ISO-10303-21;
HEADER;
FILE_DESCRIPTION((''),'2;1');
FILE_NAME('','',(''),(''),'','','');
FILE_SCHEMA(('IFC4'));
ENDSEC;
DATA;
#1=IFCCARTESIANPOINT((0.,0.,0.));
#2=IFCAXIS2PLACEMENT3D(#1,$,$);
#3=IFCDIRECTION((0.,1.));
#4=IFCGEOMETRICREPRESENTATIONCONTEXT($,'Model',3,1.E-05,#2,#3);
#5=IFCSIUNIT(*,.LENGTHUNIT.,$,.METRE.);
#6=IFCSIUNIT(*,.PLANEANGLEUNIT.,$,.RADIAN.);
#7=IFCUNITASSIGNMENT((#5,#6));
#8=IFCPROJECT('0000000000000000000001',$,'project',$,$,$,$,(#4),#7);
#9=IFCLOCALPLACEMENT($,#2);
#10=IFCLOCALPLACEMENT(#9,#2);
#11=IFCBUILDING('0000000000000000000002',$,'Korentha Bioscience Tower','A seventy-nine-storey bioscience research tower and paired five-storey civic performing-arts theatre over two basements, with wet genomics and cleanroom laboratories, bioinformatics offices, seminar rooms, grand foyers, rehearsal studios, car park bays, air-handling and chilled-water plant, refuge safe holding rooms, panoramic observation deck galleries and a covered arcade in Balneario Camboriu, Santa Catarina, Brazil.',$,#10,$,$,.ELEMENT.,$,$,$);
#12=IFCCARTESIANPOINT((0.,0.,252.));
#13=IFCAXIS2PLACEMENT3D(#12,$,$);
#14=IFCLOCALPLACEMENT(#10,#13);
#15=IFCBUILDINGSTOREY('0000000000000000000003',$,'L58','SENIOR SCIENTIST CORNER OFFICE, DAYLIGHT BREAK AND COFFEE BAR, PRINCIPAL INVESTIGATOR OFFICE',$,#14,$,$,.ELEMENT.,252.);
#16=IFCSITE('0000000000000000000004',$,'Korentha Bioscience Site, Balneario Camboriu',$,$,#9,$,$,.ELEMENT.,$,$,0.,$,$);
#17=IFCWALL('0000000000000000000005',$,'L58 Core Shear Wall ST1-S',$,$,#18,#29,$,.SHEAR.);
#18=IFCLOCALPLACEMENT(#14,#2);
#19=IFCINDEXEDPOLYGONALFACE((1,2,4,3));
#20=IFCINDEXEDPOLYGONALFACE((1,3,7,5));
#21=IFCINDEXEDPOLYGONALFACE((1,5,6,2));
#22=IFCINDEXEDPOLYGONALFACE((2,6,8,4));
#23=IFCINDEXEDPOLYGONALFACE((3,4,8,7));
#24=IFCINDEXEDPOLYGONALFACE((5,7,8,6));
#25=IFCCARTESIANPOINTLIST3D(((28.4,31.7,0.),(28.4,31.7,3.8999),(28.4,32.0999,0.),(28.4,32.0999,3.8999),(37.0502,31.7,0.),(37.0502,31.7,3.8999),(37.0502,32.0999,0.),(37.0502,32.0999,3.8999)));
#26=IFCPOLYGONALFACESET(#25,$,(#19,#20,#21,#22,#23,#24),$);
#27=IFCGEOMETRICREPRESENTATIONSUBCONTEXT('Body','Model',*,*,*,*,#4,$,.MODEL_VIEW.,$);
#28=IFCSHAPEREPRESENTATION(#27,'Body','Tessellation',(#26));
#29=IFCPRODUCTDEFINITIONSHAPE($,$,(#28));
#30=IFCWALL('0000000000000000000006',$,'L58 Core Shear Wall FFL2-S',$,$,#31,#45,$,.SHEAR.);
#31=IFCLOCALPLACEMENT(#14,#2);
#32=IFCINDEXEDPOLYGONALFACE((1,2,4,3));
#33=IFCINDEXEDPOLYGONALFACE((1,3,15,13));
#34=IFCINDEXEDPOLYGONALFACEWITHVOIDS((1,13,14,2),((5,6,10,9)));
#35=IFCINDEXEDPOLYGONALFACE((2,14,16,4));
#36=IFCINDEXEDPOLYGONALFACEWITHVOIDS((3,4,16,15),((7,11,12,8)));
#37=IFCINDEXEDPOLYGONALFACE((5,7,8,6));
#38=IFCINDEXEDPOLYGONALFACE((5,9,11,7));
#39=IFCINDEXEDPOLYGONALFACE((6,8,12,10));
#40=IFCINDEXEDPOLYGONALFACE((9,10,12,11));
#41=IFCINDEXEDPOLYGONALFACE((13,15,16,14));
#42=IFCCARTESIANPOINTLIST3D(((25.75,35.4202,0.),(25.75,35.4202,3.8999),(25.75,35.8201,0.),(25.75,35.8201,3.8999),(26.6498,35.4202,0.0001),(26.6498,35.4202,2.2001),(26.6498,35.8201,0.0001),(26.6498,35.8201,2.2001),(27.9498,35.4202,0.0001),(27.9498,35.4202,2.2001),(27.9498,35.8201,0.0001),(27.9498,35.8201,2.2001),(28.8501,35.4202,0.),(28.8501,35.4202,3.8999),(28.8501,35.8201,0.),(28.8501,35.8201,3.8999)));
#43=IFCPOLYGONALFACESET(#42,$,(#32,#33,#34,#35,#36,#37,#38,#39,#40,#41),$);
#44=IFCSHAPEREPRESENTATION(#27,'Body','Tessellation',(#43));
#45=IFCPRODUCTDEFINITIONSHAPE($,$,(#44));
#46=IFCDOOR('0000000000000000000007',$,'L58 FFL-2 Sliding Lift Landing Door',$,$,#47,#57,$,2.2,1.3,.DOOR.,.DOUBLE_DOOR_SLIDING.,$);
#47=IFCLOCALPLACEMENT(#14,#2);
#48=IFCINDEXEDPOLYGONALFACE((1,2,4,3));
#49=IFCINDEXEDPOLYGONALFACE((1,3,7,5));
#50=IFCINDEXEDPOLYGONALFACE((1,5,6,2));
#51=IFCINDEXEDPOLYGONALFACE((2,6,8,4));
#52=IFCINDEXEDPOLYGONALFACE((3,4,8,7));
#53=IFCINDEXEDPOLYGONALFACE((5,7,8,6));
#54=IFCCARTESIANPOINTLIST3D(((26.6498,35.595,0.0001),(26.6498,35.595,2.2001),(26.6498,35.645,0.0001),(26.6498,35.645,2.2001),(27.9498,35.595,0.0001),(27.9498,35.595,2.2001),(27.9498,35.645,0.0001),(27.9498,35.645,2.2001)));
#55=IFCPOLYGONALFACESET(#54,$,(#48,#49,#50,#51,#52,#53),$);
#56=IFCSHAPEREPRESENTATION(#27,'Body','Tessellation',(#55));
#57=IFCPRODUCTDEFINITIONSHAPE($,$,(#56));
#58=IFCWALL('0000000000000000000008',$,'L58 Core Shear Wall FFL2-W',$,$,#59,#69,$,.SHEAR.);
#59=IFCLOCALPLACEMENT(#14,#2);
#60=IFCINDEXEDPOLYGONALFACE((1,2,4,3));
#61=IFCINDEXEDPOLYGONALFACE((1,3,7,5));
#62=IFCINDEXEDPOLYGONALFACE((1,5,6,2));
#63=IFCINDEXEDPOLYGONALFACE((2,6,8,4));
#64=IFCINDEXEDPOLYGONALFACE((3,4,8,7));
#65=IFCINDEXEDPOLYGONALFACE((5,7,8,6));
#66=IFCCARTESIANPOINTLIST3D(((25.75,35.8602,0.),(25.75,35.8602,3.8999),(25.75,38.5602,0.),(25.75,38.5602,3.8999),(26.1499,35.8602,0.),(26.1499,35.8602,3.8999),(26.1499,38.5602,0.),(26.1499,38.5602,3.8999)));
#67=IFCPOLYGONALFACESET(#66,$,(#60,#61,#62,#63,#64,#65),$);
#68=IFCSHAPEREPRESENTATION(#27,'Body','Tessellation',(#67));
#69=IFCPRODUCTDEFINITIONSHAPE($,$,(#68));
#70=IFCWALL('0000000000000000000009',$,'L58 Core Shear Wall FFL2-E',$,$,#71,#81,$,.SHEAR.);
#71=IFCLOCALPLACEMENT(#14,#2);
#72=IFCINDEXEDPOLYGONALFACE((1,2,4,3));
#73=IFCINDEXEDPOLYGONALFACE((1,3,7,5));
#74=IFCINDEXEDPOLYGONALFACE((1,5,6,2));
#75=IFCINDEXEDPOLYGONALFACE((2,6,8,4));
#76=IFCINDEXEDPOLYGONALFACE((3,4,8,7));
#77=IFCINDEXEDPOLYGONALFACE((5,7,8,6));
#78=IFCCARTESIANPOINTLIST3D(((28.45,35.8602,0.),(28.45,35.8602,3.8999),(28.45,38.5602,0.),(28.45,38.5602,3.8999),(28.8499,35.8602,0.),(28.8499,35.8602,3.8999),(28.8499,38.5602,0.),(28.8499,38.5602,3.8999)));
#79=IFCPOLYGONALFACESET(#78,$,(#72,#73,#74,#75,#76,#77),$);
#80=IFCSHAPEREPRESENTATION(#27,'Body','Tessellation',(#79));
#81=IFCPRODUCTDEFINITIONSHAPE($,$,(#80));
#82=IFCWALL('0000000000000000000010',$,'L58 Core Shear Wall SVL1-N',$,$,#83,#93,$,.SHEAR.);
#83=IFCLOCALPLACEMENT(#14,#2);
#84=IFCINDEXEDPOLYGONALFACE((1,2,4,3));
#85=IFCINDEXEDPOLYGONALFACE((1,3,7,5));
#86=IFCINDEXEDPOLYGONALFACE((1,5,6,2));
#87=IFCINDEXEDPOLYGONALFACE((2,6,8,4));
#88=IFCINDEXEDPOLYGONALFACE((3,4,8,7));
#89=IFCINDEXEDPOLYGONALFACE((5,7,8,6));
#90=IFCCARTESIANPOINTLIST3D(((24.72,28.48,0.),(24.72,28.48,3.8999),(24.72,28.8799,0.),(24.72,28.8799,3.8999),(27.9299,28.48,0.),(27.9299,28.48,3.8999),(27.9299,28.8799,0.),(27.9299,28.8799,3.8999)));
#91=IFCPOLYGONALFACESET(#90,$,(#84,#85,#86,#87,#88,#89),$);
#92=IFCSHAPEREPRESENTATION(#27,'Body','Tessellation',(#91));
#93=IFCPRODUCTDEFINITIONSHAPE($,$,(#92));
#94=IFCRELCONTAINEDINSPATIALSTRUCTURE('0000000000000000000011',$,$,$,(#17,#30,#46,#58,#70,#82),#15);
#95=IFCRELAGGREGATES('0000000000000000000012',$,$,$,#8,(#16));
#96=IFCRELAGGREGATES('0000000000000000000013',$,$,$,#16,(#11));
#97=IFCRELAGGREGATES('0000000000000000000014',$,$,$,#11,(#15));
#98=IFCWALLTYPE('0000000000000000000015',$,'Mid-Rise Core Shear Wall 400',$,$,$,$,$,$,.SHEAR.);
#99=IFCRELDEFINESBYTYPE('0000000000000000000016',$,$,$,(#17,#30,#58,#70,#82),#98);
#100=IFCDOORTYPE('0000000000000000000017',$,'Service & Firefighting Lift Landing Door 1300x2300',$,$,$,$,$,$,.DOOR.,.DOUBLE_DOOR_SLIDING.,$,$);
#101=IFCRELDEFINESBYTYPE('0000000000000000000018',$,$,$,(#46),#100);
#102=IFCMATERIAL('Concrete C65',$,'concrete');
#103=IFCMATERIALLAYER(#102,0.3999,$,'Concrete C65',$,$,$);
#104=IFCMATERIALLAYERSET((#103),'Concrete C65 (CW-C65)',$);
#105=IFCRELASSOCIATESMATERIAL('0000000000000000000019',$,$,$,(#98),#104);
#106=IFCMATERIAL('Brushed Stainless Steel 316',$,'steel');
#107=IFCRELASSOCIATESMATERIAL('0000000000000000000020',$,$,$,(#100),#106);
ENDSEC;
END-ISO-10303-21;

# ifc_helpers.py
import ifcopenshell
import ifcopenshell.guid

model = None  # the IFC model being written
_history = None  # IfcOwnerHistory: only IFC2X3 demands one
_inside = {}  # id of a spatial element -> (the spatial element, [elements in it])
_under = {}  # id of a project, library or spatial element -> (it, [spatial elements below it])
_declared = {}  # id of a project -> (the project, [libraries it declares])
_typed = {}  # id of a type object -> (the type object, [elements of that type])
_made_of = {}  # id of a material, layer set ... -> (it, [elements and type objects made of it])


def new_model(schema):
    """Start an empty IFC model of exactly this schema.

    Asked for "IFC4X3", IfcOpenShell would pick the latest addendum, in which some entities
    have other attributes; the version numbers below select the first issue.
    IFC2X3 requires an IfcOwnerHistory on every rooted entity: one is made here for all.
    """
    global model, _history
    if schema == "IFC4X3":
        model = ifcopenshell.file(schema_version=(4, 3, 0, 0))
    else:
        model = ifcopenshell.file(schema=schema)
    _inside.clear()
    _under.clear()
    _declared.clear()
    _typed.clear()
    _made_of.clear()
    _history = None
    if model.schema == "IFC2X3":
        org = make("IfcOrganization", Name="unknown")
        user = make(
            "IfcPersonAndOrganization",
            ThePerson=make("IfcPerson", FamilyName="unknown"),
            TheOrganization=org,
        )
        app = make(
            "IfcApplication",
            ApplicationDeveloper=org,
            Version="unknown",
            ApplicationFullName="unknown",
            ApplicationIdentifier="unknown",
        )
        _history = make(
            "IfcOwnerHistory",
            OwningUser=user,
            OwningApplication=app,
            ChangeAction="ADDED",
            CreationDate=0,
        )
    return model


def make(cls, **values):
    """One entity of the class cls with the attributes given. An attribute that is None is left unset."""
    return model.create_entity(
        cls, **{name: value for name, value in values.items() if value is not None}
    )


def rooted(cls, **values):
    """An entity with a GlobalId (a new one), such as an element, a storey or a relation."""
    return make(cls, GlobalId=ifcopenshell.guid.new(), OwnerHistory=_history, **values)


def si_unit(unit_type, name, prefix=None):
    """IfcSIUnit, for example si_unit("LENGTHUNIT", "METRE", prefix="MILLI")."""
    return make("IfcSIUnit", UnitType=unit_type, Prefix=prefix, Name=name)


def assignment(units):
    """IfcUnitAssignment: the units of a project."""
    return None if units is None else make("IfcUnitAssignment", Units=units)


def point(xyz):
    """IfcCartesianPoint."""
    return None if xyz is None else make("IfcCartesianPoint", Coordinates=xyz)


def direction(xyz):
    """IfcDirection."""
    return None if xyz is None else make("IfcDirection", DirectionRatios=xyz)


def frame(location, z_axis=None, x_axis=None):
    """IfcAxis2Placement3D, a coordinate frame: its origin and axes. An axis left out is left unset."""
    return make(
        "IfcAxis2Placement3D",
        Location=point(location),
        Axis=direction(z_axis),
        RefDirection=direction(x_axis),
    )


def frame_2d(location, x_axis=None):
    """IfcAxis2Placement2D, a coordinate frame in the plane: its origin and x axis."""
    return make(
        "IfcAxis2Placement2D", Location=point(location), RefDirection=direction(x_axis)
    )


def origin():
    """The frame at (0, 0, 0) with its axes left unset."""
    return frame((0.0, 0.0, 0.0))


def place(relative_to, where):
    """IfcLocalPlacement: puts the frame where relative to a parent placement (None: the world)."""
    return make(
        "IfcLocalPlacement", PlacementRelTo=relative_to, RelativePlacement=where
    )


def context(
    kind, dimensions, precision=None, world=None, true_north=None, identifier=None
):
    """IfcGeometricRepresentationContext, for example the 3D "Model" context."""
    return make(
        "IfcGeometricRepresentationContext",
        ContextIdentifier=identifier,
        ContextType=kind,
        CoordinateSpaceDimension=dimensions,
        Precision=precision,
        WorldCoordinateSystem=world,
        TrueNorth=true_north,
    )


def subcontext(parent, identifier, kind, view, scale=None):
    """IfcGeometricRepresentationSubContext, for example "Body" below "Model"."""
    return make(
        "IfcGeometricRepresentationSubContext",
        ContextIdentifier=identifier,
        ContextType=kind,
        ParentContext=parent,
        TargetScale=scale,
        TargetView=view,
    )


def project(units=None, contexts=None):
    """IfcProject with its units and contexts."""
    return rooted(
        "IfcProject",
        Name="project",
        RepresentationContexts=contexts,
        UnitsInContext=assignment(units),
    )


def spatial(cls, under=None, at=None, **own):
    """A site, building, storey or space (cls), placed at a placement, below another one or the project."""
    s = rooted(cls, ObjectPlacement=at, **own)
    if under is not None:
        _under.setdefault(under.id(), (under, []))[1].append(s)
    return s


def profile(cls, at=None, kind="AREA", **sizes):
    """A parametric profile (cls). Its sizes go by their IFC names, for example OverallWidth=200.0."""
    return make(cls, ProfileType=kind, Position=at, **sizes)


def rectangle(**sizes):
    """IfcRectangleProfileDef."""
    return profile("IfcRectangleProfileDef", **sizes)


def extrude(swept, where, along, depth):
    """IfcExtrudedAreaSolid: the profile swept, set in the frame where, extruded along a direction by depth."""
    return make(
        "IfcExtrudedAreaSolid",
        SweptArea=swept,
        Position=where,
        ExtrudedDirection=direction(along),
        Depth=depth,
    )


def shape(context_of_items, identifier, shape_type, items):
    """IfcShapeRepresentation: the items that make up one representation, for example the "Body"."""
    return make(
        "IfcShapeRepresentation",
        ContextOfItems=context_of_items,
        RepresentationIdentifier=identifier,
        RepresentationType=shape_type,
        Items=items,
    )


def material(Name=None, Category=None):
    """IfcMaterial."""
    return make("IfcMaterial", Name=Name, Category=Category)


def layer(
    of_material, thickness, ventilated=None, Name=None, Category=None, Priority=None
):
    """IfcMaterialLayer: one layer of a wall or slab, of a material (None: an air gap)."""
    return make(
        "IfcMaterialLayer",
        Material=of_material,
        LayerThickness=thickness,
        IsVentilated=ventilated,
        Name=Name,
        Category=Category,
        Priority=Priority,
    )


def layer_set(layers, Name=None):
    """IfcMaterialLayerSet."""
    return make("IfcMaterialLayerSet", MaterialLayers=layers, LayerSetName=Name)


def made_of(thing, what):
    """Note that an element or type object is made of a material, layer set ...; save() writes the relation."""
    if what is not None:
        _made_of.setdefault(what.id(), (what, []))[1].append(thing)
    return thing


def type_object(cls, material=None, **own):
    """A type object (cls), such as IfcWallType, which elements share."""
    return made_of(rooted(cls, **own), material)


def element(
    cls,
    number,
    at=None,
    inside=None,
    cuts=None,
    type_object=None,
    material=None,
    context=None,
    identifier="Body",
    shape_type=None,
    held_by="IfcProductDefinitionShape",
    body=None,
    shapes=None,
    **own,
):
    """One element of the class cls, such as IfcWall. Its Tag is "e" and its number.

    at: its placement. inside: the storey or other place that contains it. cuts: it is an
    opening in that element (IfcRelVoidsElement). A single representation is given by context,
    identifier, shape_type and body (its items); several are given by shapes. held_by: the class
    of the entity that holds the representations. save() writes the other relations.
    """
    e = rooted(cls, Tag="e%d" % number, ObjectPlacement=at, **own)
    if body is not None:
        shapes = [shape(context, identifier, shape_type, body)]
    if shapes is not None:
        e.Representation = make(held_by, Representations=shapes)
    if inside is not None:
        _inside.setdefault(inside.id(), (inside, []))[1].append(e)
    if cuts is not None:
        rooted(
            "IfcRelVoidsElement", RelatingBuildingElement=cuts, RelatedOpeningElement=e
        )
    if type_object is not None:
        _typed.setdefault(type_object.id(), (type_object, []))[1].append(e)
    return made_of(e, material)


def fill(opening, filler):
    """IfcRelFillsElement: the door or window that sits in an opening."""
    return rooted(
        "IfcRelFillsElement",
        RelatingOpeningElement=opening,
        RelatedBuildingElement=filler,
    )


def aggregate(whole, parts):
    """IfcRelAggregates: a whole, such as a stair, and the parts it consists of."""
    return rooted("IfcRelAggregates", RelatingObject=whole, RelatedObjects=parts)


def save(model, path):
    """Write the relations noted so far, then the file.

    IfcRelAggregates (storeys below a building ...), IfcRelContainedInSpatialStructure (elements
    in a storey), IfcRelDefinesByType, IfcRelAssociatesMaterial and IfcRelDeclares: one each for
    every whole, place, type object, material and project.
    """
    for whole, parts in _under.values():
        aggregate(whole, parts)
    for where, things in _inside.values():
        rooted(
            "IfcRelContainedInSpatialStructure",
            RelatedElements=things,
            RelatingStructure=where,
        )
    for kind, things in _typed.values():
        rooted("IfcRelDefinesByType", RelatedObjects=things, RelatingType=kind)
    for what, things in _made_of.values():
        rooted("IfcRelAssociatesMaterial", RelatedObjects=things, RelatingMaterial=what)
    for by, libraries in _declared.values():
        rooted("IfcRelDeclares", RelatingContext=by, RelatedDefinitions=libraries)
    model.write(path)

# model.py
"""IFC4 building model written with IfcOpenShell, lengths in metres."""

from ifc_helpers import new_model, si_unit, direction, frame, frame_2d, origin, place, context, subcontext, project, spatial, rectangle, extrude, material, layer, layer_set, type_object, element, fill, save


model = new_model("IFC4")

# Units and contexts
model_context = context("Model", 3, precision=1e-05, world=origin(), true_north=direction((0.0, 1.0)))
body_context = subcontext(model_context, "Body", "Model", "MODEL_VIEW")
ifc_project = project(units=[si_unit("LENGTHUNIT", "METRE"), si_unit("PLANEANGLEUNIT", "RADIAN")], contexts=[model_context])

# Site, building, storey
site_placement = place(None, origin())
site = spatial("IfcSite", under=ifc_project, at=site_placement, Name="Korentha Bioscience Site, Balneario Camboriu", CompositionType="ELEMENT", RefElevation=0.0)
building_placement = place(site_placement, origin())
building = spatial("IfcBuilding", under=site, at=building_placement, Name="Korentha Bioscience Tower", Description="A seventy-nine-storey bioscience research tower and paired five-storey civic performing-arts theatre over two basements, with wet genomics and cleanroom laboratories, bioinformatics offices, seminar rooms, grand foyers, rehearsal studios, car park bays, air-handling and chilled-water plant, refuge safe holding rooms, panoramic observation deck galleries and a covered arcade in Balneario Camboriu, Santa Catarina, Brazil.", CompositionType="ELEMENT")
storey_placement = place(building_placement, frame((0.0, 0.0, 252.0)))
storey = spatial("IfcBuildingStorey", under=building, at=storey_placement, Name="L58", Description="SENIOR SCIENTIST CORNER OFFICE, DAYLIGHT BREAK AND COFFEE BAR, PRINCIPAL INVESTIGATOR OFFICE", CompositionType="ELEMENT", Elevation=252.0)

# Shared definitions
ifc_material_1 = material(Name="Concrete C65", Category="concrete")

# Wall
ifc_layer_1 = layer(ifc_material_1, 0.3999, Name="Concrete C65")
ifc_layer_set_1 = layer_set([ifc_layer_1], Name="Concrete C65 (CW-C65)")
wall_type_1 = type_object("IfcWallType", Name="Mid-Rise Core Shear Wall 400", PredefinedType="SHEAR", material=ifc_layer_set_1)
wall_1_placement = place(storey_placement, frame((28.3999, 31.8999, 0.0), z_axis=(0.0, 0.0, 1.0), x_axis=(1.0, 0.0, 0.0)))
element("IfcWall", 1, at=wall_1_placement, inside=storey, type_object=wall_type_1, Name="L58 Core Shear Wall ST1-S", PredefinedType="SHEAR", context=body_context, shape_type="SweptSolid", body=[
    extrude(rectangle(XDim=8.6501, YDim=0.3999, at=frame_2d((4.3252, 0.0))), origin(), (0.0, 0.0, 1.0), 3.8999),
])

# Wall, opening, door
wall_2_placement = place(storey_placement, frame((25.75, 35.6201, 0.0), z_axis=(0.0, 0.0, 1.0), x_axis=(1.0, 0.0, 0.0)))
wall_2 = element("IfcWall", 2, at=wall_2_placement, inside=storey, type_object=wall_type_1, Name="L58 Core Shear Wall FFL2-S", PredefinedType="SHEAR", context=body_context, shape_type="SweptSolid", body=[
    extrude(rectangle(XDim=3.1001, YDim=0.3999, at=frame_2d((1.55, 0.0))), origin(), (0.0, 0.0, 1.0), 3.8999),
])
opening_1_placement = place(wall_2_placement, frame((0.8999, 0.0, 0.0)))
opening_1 = element("IfcOpeningElement", 3, at=opening_1_placement, cuts=wall_2, PredefinedType="OPENING", context=body_context, shape_type="SweptSolid", body=[
    extrude(rectangle(XDim=1.3, YDim=2.2, at=frame_2d((0.6499, 1.1001))), frame((0.0, 0.2148, 0.0), z_axis=(0.0, -1.0, 0.0), x_axis=(1.0, 0.0, 0.0)), (0.0, 0.0, 1.0), 0.4297),
])
ifc_material_2 = material(Name="Brushed Stainless Steel 316", Category="steel")
door_type_1 = type_object("IfcDoorType", Name="Service & Firefighting Lift Landing Door 1300x2300", OperationType="DOUBLE_DOOR_SLIDING", PredefinedType="DOOR", material=ifc_material_2)
door_1_placement = place(opening_1_placement, origin())
door_1 = element("IfcDoor", 4, at=door_1_placement, inside=storey, type_object=door_type_1, Name="L58 FFL-2 Sliding Lift Landing Door", OperationType="DOUBLE_DOOR_SLIDING", OverallHeight=2.2, OverallWidth=1.3, PredefinedType="DOOR", context=body_context, shape_type="SweptSolid", body=[
    extrude(rectangle(XDim=1.3, YDim=2.2, at=frame_2d((0.6499, 1.1001))), frame((0.0, 0.0249, 0.0), z_axis=(0.0, -1.0, 0.0), x_axis=(1.0, 0.0, 0.0)), (0.0, 0.0, 1.0), 0.05),
])
fill(opening_1, door_1)

# Walls
for number, where, z_axis, x_axis, name in (
    (5, (25.95, 35.8601, 0.0), (0.0, 0.0, 1.0), (0.0, 1.0, 0.0), "L58 Core Shear Wall FFL2-W"),
    (6, (28.6499, 35.8601, 0.0), (0.0, 0.0, 1.0), (0.0, 1.0, 0.0), "L58 Core Shear Wall FFL2-E"),
):
    element("IfcWall", number, at=place(storey_placement, frame(where, z_axis=z_axis, x_axis=x_axis)), inside=storey, type_object=wall_type_1, Name=name, PredefinedType="SHEAR", context=body_context, shape_type="SweptSolid", body=[
        extrude(rectangle(XDim=2.7, YDim=0.3999, at=frame_2d((1.3501, 0.0))), origin(), (0.0, 0.0, 1.0), 3.8999),
    ])
wall_3_placement = place(storey_placement, frame((24.72, 28.6799, 0.0), z_axis=(0.0, 0.0, 1.0), x_axis=(1.0, 0.0, 0.0)))
element("IfcWall", 7, at=wall_3_placement, inside=storey, type_object=wall_type_1, Name="L58 Core Shear Wall SVL1-N", PredefinedType="SHEAR", context=body_context, shape_type="SweptSolid", body=[
    extrude(rectangle(XDim=3.21, YDim=0.3999, at=frame_2d((1.605, 0.0))), origin(), (0.0, 0.0, 1.0), 3.8999),
])

save(model, "model.ifc")
